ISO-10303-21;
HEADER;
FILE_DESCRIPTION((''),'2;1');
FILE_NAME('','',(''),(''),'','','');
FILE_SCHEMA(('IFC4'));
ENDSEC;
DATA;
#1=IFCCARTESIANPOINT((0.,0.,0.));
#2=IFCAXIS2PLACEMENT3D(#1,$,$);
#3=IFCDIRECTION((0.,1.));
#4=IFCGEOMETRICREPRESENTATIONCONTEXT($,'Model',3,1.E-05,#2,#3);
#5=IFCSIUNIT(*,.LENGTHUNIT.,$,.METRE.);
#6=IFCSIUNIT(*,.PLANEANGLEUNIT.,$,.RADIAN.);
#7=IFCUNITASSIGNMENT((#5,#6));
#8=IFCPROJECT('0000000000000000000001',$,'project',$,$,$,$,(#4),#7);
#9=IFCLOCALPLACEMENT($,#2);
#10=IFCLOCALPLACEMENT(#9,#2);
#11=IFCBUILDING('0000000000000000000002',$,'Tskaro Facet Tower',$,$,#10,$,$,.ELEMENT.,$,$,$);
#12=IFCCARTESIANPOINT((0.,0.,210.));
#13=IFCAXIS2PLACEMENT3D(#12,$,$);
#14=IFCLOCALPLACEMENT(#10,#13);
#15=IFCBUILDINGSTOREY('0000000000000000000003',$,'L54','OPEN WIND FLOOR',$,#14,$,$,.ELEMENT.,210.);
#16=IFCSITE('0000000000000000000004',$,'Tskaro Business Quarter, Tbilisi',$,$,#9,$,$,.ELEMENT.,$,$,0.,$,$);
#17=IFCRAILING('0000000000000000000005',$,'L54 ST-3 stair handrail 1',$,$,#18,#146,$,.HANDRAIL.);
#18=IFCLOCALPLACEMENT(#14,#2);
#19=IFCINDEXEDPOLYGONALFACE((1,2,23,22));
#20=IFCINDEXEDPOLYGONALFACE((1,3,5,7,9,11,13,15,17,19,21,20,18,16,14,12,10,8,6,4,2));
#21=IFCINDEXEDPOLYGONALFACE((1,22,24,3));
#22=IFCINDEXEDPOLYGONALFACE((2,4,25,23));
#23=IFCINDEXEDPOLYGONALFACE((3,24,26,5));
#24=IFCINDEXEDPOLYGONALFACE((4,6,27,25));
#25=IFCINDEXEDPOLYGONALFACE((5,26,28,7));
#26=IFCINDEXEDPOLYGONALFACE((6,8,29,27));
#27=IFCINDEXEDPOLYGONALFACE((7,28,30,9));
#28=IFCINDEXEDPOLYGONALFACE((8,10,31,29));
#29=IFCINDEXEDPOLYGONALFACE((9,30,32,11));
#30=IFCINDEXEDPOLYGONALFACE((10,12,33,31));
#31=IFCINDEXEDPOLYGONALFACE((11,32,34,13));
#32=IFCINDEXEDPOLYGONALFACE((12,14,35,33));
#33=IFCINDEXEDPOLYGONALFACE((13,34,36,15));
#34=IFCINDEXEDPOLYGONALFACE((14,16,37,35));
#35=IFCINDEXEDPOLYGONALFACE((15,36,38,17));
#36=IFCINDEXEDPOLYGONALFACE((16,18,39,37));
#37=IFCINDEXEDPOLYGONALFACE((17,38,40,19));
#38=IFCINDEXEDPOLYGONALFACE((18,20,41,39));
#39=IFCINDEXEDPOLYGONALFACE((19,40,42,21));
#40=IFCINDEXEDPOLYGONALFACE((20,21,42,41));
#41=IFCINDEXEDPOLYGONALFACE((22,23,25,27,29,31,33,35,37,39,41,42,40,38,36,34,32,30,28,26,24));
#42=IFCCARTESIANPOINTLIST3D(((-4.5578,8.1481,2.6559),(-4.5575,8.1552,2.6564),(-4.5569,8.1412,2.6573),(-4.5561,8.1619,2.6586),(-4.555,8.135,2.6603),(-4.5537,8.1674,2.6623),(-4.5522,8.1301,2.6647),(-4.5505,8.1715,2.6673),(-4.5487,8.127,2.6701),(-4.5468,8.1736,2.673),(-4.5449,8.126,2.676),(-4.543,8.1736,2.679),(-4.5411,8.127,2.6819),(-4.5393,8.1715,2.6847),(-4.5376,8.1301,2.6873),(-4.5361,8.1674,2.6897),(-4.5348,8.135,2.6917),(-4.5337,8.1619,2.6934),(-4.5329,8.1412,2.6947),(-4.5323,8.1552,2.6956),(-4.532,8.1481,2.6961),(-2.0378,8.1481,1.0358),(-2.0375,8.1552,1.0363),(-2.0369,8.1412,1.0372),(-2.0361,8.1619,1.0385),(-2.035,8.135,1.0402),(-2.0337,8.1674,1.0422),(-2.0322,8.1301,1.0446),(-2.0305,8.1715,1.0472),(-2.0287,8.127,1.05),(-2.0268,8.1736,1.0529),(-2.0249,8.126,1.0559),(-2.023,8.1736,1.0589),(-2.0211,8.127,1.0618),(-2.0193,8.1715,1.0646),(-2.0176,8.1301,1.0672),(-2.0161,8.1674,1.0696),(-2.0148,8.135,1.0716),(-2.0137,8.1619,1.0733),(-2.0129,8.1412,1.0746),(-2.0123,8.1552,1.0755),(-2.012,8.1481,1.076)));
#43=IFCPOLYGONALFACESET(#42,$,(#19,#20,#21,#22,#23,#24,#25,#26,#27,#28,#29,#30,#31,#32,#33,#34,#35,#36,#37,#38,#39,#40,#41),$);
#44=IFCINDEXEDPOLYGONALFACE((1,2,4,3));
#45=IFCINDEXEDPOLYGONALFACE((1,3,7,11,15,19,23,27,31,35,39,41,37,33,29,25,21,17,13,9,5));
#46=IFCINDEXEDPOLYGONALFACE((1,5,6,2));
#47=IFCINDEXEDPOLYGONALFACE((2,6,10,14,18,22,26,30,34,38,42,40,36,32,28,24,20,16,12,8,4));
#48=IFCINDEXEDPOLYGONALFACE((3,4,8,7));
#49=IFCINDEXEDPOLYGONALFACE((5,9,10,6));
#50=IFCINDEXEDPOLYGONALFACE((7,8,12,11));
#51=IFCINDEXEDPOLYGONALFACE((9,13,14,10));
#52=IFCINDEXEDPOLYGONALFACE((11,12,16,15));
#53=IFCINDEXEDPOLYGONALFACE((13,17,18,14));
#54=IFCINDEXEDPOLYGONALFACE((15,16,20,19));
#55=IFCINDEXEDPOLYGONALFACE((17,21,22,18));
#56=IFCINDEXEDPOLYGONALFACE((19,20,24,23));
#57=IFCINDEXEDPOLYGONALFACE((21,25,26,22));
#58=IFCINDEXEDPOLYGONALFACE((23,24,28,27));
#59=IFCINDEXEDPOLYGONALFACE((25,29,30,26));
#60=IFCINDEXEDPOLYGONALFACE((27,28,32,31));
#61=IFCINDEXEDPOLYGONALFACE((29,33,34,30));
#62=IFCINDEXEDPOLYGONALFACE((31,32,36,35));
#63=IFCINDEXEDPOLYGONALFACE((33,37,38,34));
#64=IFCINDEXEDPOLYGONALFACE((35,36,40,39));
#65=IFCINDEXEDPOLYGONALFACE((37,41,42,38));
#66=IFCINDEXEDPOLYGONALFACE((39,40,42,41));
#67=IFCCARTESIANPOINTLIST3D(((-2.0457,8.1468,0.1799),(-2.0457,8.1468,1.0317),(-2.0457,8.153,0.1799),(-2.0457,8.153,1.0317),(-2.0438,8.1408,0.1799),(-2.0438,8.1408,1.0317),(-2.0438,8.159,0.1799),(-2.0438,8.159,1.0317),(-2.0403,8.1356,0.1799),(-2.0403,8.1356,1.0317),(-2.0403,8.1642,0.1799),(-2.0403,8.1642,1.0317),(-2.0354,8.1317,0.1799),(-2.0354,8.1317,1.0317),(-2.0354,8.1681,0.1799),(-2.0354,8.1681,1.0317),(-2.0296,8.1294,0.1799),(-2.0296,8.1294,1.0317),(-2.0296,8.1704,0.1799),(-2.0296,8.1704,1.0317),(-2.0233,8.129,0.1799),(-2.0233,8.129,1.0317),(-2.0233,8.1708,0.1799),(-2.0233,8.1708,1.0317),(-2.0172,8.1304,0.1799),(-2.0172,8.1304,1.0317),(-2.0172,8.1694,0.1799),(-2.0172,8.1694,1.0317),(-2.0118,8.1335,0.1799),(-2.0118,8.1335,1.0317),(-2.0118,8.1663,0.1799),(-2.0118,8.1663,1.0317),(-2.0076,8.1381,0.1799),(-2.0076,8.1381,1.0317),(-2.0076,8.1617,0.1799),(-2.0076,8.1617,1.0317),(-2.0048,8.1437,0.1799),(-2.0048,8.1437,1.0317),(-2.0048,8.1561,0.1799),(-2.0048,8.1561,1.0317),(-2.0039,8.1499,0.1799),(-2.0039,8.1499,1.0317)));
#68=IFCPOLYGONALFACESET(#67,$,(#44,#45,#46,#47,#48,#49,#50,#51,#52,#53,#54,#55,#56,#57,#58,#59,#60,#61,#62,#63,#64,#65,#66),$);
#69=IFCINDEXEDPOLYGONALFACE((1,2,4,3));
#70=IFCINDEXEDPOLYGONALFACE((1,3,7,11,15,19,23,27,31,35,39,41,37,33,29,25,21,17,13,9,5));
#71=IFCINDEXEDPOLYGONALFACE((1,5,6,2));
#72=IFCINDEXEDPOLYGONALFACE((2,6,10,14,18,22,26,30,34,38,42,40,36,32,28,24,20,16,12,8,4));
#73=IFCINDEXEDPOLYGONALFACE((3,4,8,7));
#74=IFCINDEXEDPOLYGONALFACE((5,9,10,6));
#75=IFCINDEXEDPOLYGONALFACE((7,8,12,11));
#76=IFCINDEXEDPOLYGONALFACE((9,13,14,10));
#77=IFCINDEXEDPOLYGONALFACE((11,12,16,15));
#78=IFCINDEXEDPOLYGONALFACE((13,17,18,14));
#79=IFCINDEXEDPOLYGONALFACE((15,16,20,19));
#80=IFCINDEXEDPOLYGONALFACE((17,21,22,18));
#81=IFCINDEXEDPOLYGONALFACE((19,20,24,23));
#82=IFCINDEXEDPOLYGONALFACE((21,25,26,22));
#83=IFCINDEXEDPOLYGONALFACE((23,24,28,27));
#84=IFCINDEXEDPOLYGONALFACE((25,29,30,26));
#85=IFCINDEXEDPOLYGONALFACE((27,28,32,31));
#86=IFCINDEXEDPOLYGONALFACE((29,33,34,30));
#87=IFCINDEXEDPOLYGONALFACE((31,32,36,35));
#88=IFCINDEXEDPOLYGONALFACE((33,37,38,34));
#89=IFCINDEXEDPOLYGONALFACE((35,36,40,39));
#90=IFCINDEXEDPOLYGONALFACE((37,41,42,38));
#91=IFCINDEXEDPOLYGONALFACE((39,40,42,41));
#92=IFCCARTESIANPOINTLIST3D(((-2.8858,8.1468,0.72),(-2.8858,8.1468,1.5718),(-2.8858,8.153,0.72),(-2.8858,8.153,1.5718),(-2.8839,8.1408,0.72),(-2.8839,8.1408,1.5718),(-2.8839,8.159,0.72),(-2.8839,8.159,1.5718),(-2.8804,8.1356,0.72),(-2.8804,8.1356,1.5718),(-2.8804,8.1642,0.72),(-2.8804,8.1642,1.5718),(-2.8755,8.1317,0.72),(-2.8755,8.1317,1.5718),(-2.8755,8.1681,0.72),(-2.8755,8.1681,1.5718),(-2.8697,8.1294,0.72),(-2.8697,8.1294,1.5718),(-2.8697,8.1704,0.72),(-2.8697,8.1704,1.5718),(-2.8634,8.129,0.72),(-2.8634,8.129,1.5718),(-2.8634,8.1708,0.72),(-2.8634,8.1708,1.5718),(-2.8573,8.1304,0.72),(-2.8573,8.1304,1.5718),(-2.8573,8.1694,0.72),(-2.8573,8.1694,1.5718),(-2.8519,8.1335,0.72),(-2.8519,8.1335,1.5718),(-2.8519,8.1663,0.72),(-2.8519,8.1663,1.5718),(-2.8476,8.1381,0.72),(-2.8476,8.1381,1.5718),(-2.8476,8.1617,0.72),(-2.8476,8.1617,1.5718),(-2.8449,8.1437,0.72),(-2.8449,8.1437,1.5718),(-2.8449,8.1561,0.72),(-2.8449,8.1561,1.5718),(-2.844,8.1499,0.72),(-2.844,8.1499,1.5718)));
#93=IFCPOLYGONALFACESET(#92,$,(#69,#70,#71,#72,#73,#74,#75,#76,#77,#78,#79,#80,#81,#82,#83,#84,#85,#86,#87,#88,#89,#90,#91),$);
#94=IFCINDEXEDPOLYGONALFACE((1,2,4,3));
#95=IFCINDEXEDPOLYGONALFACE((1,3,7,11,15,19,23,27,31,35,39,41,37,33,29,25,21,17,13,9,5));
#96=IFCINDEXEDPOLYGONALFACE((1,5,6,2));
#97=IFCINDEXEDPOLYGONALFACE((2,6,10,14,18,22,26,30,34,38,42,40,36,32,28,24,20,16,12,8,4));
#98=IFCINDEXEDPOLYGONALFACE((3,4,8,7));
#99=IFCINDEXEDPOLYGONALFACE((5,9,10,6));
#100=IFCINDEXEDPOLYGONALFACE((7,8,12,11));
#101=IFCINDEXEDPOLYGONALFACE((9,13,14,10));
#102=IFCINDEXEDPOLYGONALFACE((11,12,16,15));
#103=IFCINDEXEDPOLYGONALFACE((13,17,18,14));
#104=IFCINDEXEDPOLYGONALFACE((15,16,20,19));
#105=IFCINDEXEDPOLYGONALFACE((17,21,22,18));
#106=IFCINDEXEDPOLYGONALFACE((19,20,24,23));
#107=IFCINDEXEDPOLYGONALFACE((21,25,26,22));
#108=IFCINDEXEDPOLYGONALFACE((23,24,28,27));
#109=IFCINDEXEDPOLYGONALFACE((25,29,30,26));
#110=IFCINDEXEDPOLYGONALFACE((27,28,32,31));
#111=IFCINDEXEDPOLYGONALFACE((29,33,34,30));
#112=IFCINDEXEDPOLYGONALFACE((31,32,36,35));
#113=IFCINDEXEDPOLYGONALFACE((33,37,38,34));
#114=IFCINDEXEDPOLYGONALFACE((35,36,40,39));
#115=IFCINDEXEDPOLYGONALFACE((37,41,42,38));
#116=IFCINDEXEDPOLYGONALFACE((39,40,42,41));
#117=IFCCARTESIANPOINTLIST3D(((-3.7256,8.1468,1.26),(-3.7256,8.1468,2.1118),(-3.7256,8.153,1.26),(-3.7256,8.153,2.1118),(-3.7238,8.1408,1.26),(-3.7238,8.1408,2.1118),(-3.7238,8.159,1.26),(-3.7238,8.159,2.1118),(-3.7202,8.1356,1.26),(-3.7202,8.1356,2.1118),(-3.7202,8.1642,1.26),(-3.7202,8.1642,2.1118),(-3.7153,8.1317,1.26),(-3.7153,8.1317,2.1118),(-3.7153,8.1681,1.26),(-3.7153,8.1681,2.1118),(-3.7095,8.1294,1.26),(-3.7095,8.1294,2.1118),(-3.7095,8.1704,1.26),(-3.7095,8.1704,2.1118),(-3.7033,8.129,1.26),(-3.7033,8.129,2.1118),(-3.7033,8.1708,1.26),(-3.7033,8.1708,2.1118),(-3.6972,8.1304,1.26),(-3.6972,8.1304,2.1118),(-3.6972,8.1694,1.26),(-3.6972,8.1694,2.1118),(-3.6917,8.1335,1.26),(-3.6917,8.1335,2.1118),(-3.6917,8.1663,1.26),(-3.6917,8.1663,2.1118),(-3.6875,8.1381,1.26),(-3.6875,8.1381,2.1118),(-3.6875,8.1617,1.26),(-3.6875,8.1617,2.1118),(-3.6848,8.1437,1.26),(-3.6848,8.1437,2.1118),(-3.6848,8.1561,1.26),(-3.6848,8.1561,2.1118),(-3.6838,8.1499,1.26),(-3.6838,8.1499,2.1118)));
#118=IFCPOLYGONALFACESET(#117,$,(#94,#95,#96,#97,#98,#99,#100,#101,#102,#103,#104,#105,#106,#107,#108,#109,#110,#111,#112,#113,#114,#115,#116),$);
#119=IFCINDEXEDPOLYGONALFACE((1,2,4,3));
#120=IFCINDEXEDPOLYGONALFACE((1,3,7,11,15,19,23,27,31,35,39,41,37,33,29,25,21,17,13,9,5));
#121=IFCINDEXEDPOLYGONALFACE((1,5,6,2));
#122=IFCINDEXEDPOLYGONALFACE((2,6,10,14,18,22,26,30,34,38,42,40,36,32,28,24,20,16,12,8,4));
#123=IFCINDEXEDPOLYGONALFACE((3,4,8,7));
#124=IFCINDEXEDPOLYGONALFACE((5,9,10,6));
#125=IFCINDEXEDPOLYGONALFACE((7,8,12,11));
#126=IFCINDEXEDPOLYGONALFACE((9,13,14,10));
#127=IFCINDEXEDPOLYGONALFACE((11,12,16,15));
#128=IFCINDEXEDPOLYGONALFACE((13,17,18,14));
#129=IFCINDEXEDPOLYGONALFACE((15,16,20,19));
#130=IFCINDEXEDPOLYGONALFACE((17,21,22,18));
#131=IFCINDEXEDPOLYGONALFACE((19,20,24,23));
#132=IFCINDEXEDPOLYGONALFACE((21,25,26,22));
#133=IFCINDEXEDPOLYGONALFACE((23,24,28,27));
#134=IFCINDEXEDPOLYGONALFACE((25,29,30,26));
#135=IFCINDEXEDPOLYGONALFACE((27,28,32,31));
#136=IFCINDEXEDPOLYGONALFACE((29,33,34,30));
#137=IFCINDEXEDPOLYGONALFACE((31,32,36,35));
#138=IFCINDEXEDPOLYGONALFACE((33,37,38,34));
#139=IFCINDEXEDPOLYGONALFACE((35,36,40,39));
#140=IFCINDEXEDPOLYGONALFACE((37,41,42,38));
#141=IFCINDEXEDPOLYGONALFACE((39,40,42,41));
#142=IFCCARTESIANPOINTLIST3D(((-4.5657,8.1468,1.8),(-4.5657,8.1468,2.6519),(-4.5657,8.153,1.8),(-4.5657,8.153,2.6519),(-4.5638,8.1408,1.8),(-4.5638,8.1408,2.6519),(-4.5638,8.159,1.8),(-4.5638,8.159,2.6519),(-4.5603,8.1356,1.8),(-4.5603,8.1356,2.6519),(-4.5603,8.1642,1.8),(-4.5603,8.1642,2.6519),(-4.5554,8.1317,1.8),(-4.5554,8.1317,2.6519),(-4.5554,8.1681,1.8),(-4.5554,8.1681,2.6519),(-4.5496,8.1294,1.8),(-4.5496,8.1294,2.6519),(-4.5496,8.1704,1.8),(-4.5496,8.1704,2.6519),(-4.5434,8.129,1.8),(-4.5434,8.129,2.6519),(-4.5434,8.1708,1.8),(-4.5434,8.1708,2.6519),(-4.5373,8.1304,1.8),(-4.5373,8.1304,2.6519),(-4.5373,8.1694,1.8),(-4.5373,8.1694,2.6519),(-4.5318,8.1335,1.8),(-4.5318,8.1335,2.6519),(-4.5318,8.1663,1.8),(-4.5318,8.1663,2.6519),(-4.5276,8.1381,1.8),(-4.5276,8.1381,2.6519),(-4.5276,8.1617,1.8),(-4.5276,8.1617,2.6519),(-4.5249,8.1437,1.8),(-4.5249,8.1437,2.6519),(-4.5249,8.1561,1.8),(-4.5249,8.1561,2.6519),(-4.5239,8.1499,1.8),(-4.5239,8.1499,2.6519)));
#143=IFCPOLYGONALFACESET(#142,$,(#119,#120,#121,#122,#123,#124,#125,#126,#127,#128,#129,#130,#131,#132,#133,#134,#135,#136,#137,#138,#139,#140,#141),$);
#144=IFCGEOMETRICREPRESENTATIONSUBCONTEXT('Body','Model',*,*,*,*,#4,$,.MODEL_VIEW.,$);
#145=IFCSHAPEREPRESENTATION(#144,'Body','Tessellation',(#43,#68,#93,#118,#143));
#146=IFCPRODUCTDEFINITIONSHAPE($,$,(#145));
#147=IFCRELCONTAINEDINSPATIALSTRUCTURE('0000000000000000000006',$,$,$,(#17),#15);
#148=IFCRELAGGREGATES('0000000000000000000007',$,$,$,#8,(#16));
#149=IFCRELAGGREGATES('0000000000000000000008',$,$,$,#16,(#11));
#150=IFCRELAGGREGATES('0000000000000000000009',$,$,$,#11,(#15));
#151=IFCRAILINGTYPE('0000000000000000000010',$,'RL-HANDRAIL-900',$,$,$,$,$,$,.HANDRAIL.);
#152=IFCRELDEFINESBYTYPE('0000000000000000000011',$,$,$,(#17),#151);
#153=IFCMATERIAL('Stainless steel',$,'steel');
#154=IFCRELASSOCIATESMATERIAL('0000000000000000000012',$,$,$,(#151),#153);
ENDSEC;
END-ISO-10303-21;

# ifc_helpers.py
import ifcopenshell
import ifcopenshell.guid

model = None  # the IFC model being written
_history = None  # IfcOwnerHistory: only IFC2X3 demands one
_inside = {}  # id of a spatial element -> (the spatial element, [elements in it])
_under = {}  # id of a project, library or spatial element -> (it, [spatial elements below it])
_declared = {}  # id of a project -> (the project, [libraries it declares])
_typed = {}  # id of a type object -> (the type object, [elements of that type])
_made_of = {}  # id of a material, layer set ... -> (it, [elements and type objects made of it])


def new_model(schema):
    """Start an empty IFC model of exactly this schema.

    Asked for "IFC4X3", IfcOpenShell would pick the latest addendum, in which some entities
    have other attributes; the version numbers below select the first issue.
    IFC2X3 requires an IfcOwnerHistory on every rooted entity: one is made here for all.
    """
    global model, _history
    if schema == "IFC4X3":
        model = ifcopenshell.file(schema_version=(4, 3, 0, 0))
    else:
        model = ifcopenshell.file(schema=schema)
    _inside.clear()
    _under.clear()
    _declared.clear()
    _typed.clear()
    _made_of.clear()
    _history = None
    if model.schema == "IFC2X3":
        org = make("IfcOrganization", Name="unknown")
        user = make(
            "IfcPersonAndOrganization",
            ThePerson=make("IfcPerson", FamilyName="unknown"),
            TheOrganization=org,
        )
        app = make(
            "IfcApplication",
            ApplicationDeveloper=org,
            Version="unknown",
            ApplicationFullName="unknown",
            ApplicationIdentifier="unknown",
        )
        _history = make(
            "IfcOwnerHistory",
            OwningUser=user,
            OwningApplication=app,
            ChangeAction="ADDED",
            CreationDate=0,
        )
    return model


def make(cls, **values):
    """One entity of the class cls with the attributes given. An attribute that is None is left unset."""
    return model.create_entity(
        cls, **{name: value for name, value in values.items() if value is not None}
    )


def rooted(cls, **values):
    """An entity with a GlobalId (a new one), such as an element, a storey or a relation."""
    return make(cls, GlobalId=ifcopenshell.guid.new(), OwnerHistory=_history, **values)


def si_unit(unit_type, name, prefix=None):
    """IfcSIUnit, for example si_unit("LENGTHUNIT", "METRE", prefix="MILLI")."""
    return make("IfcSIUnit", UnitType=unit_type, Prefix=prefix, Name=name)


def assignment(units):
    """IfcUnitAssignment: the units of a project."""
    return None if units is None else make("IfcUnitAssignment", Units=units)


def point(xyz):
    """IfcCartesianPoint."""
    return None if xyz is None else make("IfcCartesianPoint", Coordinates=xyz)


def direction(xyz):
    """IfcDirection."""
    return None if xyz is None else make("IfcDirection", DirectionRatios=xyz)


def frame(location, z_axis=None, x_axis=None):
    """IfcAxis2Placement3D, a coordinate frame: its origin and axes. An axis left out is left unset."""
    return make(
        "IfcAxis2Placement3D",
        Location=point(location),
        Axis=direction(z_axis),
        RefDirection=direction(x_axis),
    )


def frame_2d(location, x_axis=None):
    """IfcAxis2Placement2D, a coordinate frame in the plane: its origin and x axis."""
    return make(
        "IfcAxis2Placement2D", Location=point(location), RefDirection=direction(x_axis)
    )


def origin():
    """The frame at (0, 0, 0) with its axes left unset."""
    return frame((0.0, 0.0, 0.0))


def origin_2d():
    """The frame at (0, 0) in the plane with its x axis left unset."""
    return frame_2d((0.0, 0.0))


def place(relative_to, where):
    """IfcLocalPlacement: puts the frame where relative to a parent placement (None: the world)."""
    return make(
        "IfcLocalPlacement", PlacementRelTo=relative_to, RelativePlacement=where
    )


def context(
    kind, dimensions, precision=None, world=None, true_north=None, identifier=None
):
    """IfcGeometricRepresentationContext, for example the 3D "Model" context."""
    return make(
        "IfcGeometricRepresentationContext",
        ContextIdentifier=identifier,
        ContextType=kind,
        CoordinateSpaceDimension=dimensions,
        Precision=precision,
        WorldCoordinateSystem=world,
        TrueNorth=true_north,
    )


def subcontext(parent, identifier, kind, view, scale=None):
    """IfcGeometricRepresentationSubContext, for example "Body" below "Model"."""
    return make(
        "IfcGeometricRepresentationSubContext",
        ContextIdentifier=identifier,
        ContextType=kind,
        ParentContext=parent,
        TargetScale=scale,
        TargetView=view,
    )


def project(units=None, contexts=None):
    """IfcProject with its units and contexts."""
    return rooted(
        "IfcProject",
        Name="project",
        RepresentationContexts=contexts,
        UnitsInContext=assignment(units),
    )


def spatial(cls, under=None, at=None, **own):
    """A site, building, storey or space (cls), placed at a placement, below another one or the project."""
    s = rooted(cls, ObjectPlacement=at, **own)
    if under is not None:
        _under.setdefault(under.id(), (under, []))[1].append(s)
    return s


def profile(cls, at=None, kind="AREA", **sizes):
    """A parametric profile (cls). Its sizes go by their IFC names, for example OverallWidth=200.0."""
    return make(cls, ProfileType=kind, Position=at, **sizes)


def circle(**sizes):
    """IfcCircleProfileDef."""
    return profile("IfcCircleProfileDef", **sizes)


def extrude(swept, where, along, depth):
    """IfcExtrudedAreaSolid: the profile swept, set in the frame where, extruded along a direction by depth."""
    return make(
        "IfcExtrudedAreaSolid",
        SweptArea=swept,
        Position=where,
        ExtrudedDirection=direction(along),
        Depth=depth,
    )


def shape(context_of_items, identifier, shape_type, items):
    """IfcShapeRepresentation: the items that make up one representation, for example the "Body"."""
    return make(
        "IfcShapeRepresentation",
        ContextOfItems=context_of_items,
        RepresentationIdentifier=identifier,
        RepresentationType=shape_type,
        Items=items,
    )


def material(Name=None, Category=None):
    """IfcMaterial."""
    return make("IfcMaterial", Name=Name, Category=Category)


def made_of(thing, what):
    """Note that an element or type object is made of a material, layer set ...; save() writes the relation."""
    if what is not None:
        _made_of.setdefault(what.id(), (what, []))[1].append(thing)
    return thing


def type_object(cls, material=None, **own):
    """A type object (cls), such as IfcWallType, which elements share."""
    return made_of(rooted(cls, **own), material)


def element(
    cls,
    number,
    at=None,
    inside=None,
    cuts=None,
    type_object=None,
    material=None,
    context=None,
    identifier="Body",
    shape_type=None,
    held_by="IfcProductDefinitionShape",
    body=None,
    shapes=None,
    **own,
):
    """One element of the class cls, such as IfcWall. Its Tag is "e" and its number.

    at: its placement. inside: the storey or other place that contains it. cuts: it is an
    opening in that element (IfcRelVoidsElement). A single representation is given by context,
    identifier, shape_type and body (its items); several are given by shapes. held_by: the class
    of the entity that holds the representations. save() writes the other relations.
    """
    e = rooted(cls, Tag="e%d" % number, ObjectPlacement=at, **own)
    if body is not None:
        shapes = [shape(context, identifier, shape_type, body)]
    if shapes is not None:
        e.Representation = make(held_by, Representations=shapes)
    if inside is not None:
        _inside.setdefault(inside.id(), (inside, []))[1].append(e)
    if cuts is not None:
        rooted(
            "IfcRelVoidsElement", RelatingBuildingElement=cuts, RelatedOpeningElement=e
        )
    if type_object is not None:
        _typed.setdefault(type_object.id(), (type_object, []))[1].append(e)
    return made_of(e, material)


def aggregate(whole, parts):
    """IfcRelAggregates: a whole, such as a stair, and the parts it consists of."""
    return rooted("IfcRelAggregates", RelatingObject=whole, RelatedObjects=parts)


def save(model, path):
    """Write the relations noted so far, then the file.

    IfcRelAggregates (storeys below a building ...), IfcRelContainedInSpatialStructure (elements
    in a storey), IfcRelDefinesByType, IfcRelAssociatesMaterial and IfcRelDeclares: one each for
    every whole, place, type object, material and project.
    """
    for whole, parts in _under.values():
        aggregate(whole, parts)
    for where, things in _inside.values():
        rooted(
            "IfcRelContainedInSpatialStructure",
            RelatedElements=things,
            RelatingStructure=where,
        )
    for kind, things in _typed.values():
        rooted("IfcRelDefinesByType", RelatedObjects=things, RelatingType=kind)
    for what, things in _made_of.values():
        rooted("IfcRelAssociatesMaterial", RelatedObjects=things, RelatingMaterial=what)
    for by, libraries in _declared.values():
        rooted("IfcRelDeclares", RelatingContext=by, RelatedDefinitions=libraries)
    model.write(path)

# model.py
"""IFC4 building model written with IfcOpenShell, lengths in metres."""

from ifc_helpers import new_model, si_unit, direction, frame, origin, origin_2d, place, context, subcontext, project, spatial, circle, extrude, material, type_object, element, save


model = new_model("IFC4")

# Units and contexts
model_context = context("Model", 3, precision=1e-05, world=origin(), true_north=direction((0.0, 1.0)))
body_context = subcontext(model_context, "Body", "Model", "MODEL_VIEW")
ifc_project = project(units=[si_unit("LENGTHUNIT", "METRE"), si_unit("PLANEANGLEUNIT", "RADIAN")], contexts=[model_context])

# Site, building, storey
site_placement = place(None, origin())
site = spatial("IfcSite", under=ifc_project, at=site_placement, Name="Tskaro Business Quarter, Tbilisi", CompositionType="ELEMENT", RefElevation=0.0)
building_placement = place(site_placement, origin())
building = spatial("IfcBuilding", under=site, at=building_placement, Name="Tskaro Facet Tower", CompositionType="ELEMENT")
storey_placement = place(building_placement, frame((0.0, 0.0, 210.0)))
storey = spatial("IfcBuildingStorey", under=building, at=storey_placement, Name="L54", Description="OPEN WIND FLOOR", CompositionType="ELEMENT", Elevation=210.0)

# Railing
ifc_material_1 = material(Name="Stainless steel", Category="steel")
railing_type_1 = type_object("IfcRailingType", Name="RL-HANDRAIL-900", PredefinedType="HANDRAIL", material=ifc_material_1)
railing_1_placement = place(storey_placement, frame((-2.0249, 8.1499, 0.1799)))
element("IfcRailing", 1, at=railing_1_placement, inside=storey, type_object=railing_type_1, Name="L54 ST-3 stair handrail 1", PredefinedType="HANDRAIL", context=body_context, shape_type="SweptSolid", body=[
    extrude(circle(Radius=0.0239, at=origin_2d()), frame((0.0, 0.0, 0.876), z_axis=(-0.841163, 0.0, 0.540782), x_axis=(0.0, -1.0, 0.0)), (0.0, 0.0, 1.0), 2.9958),
    extrude(circle(Radius=0.021, at=origin_2d()), origin(), (0.0, 0.0, 1.0), 0.8518),
    extrude(circle(Radius=0.021, at=origin_2d()), frame((-0.8401, 0.0, 0.54)), (0.0, 0.0, 1.0), 0.8518),
    extrude(circle(Radius=0.021, at=origin_2d()), frame((-1.6799, 0.0, 1.0801)), (0.0, 0.0, 1.0), 0.8518),
    extrude(circle(Radius=0.021, at=origin_2d()), frame((-2.52, 0.0, 1.6201)), (0.0, 0.0, 1.0), 0.8518),
])

save(model, "model.ifc")
